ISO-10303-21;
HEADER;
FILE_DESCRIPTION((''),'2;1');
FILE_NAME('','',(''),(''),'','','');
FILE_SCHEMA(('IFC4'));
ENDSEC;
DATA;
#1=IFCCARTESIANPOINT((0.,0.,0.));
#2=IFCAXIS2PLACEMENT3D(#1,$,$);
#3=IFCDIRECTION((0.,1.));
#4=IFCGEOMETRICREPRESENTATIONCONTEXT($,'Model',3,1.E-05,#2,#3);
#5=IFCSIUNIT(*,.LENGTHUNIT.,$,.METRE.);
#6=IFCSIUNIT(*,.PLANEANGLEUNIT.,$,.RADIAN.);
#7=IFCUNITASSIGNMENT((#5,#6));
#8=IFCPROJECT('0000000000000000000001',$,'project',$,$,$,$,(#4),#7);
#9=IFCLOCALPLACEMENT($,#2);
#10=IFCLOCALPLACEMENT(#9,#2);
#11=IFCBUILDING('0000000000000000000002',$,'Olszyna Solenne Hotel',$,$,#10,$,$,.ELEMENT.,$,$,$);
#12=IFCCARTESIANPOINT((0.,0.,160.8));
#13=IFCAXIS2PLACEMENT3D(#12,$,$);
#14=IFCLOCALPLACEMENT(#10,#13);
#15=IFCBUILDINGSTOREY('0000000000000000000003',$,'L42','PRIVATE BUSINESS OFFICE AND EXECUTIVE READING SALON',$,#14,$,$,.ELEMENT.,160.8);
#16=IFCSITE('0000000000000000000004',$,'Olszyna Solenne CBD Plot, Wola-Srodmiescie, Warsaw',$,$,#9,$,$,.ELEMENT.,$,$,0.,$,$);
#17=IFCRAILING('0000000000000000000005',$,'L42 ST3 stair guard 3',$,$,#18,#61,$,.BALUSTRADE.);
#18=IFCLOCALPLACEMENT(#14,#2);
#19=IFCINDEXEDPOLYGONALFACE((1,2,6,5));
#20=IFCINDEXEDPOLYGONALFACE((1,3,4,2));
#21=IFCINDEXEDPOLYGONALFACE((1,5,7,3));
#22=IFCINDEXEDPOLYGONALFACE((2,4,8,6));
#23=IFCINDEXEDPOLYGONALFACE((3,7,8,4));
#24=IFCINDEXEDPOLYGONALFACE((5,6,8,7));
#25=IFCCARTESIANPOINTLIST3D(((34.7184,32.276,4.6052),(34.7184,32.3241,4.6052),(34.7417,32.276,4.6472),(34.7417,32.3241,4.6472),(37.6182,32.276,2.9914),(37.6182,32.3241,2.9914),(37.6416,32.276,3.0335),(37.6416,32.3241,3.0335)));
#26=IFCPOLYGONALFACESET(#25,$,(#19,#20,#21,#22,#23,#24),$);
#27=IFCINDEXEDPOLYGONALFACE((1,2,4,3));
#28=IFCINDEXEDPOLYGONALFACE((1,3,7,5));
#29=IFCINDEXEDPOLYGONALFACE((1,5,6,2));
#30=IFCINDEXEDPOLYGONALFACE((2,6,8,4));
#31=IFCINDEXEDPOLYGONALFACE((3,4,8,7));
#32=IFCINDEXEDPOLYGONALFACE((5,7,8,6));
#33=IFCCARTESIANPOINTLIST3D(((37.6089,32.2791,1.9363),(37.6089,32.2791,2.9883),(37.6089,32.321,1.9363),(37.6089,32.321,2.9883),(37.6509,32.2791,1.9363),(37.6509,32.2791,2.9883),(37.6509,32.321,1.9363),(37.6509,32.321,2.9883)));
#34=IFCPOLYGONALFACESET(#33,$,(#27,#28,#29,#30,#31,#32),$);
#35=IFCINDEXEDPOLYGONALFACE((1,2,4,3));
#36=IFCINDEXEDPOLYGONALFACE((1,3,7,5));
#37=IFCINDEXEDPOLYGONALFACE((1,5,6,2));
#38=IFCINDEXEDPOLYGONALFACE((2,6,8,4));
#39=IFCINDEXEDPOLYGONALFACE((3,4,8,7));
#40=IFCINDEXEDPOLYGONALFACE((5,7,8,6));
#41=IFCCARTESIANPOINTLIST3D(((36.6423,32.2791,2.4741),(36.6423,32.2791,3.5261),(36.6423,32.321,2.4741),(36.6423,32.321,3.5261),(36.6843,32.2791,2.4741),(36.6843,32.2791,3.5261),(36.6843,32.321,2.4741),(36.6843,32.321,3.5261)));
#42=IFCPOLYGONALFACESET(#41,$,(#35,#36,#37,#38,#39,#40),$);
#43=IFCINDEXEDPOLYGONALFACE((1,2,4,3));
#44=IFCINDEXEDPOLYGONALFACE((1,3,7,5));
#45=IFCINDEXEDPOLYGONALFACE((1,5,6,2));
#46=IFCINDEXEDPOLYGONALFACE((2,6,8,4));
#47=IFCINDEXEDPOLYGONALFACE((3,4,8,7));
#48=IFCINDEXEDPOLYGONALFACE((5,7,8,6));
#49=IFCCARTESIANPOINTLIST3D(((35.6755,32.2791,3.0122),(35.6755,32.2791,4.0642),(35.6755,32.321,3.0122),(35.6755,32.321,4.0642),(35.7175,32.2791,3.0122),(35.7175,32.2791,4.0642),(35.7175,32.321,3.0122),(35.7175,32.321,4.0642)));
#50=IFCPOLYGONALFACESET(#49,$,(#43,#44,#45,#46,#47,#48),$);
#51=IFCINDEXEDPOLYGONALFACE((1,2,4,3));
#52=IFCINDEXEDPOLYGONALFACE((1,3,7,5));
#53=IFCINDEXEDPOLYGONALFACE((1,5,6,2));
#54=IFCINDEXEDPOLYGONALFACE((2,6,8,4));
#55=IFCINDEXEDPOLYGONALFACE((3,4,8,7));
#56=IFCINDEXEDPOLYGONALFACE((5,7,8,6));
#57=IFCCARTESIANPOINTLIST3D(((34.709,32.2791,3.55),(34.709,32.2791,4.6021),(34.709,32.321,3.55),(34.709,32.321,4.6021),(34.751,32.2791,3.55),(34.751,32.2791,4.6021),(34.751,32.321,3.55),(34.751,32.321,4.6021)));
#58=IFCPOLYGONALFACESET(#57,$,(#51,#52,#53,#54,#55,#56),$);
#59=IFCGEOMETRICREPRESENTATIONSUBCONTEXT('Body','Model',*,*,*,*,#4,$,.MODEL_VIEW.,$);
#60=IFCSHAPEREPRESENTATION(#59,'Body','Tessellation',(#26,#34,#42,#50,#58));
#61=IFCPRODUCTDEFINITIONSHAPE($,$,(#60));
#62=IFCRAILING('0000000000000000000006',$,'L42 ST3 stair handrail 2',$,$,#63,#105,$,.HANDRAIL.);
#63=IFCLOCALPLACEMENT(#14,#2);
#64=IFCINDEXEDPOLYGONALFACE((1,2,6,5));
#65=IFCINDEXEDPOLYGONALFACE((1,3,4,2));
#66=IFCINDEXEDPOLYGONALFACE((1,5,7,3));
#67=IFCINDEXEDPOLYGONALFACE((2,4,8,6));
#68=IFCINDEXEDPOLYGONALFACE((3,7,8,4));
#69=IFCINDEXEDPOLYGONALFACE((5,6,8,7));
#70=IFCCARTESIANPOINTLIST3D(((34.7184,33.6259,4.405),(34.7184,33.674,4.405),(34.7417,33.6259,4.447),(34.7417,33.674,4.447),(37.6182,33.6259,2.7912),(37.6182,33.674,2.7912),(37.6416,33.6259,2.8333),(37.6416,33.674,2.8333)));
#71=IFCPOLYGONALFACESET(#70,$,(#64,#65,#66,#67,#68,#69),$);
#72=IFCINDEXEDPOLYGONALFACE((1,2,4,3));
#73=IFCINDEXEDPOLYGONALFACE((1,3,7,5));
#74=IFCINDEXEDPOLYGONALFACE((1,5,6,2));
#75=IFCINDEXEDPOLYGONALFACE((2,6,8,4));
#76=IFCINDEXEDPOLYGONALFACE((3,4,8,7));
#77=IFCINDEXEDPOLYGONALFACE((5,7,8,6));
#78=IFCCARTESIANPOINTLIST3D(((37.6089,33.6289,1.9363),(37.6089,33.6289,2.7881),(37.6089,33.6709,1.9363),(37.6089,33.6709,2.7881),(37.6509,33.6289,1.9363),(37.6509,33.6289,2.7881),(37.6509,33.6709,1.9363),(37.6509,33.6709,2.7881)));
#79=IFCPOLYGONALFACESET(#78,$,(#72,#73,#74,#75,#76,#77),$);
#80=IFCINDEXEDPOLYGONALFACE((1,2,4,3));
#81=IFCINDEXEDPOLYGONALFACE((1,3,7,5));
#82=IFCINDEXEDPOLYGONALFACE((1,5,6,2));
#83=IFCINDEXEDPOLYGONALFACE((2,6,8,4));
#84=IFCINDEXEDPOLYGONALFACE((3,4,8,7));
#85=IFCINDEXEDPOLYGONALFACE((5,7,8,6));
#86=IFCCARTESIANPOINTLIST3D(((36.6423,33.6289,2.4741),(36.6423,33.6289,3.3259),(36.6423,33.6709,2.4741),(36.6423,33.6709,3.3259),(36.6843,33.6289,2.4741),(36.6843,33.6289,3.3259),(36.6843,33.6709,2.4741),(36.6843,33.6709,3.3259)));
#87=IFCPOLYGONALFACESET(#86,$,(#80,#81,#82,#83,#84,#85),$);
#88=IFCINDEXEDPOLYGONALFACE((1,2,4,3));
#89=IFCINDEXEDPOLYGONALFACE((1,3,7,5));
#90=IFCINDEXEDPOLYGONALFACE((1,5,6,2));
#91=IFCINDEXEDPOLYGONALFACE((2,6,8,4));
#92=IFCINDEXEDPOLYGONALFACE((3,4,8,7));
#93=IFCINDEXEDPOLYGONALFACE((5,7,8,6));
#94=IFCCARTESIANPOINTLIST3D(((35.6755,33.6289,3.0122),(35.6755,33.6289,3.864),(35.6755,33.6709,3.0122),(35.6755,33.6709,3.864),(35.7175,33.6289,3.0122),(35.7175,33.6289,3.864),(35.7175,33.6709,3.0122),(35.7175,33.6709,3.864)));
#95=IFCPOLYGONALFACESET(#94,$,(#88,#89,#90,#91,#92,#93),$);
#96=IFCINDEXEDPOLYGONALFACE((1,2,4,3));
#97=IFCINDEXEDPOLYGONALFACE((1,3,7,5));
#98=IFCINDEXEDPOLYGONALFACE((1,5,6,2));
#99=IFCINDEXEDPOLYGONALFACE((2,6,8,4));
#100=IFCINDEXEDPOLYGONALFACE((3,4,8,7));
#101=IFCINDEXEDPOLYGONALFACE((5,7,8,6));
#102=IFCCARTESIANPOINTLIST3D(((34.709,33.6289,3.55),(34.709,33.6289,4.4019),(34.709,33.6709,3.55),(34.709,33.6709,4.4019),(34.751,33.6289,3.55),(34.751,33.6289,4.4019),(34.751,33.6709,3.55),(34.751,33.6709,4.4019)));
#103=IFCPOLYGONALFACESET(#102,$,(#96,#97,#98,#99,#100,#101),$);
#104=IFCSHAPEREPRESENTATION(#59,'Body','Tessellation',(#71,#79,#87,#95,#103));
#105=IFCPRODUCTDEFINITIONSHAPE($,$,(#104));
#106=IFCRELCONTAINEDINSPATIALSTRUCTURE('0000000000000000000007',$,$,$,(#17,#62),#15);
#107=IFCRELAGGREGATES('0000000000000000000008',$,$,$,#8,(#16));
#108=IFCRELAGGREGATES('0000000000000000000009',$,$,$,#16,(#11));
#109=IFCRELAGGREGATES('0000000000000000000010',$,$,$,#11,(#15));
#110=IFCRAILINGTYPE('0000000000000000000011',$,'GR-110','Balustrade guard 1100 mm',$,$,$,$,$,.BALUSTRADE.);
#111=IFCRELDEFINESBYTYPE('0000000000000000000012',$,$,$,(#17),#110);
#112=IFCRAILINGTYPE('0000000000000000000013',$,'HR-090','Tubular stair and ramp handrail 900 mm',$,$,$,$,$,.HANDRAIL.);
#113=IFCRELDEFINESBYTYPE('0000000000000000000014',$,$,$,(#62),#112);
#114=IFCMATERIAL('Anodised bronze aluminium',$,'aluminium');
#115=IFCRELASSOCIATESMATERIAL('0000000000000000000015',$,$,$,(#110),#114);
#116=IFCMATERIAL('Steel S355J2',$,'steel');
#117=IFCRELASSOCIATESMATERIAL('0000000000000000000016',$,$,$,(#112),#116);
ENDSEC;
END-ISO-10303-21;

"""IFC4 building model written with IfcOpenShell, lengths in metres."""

from ifc_helpers import new_model, si_unit, direction, frame, origin, origin_2d, place, context, subcontext, project, spatial, rectangle, extrude, material, type_object, element, save


model = new_model("IFC4")

# Units and contexts
model_context = context("Model", 3, precision=1e-05, world=origin(), true_north=direction((0.0, 1.0)))
body_context = subcontext(model_context, "Body", "Model", "MODEL_VIEW")
ifc_project = project(units=[si_unit("LENGTHUNIT", "METRE"), si_unit("PLANEANGLEUNIT", "RADIAN")], contexts=[model_context])

# Site, building, storey
site_placement = place(None, origin())
site = spatial("IfcSite", under=ifc_project, at=site_placement, Name="Olszyna Solenne CBD Plot, Wola-Srodmiescie, Warsaw", CompositionType="ELEMENT", RefElevation=0.0)
building_placement = place(site_placement, origin())
building = spatial("IfcBuilding", under=site, at=building_placement, Name="Olszyna Solenne Hotel", CompositionType="ELEMENT")
storey_placement = place(building_placement, frame((0.0, 0.0, 160.8)))
storey = spatial("IfcBuildingStorey", under=building, at=storey_placement, Name="L42", Description="PRIVATE BUSINESS OFFICE AND EXECUTIVE READING SALON", CompositionType="ELEMENT", Elevation=160.8)

# Shared definitions
ifc_material_1 = material(Name="Steel S355J2", Category="steel")

# Shared definitions
ifc_material_2 = material(Name="Anodised bronze aluminium", Category="aluminium")

# Railings
railing_type_1 = type_object("IfcRailingType", Name="GR-110", Description="Balustrade guard 1100 mm", PredefinedType="BALUSTRADE", material=ifc_material_2)
railing_1_placement = place(storey_placement, frame((37.6299, 32.3, 1.9363)))
element("IfcRailing", 1, at=railing_1_placement, inside=storey, type_object=railing_type_1, Name="L42 ST3 stair guard 3", PredefinedType="BALUSTRADE", context=body_context, shape_type="SweptSolid", body=[
    extrude(rectangle(XDim=0.0481, YDim=0.0481, at=origin_2d()), frame((0.0, 0.0, 1.0762), z_axis=(-0.87381, 0.0, 0.486267), x_axis=(0.0, -1.0, 0.0)), (0.0, 0.0, 1.0), 3.3186),
    extrude(rectangle(XDim=0.042, YDim=0.042, at=origin_2d()), origin(), (0.0, 0.0, 1.0), 1.052),
    extrude(rectangle(XDim=0.042, YDim=0.042, at=origin_2d()), frame((-0.9666, 0.0, 0.5378)), (0.0, 0.0, 1.0), 1.052),
    extrude(rectangle(XDim=0.042, YDim=0.042, at=origin_2d()), frame((-1.9333, 0.0, 1.0759)), (0.0, 0.0, 1.0), 1.052),
    extrude(rectangle(XDim=0.042, YDim=0.042, at=origin_2d()), frame((-2.8999, 0.0, 1.6138)), (0.0, 0.0, 1.0), 1.052),
])
railing_type_2 = type_object("IfcRailingType", Name="HR-090", Description="Tubular stair and ramp handrail 900 mm", PredefinedType="HANDRAIL", material=ifc_material_1)
railing_2_placement = place(storey_placement, frame((37.6299, 33.6499, 1.9363)))
element("IfcRailing", 2, at=railing_2_placement, inside=storey, type_object=railing_type_2, Name="L42 ST3 stair handrail 2", PredefinedType="HANDRAIL", context=body_context, shape_type="SweptSolid", body=[
    extrude(rectangle(XDim=0.0481, YDim=0.0481, at=origin_2d()), frame((0.0, 0.0, 0.876), z_axis=(-0.87381, 0.0, 0.486267), x_axis=(0.0, -1.0, 0.0)), (0.0, 0.0, 1.0), 3.3186),
    extrude(rectangle(XDim=0.042, YDim=0.042, at=origin_2d()), origin(), (0.0, 0.0, 1.0), 0.8518),
    extrude(rectangle(XDim=0.042, YDim=0.042, at=origin_2d()), frame((-0.9666, 0.0, 0.5378)), (0.0, 0.0, 1.0), 0.8518),
    extrude(rectangle(XDim=0.042, YDim=0.042, at=origin_2d()), frame((-1.9333, 0.0, 1.0759)), (0.0, 0.0, 1.0), 0.8518),
    extrude(rectangle(XDim=0.042, YDim=0.042, at=origin_2d()), frame((-2.8999, 0.0, 1.6138)), (0.0, 0.0, 1.0), 0.8518),
])

save(model, "model.ifc")
